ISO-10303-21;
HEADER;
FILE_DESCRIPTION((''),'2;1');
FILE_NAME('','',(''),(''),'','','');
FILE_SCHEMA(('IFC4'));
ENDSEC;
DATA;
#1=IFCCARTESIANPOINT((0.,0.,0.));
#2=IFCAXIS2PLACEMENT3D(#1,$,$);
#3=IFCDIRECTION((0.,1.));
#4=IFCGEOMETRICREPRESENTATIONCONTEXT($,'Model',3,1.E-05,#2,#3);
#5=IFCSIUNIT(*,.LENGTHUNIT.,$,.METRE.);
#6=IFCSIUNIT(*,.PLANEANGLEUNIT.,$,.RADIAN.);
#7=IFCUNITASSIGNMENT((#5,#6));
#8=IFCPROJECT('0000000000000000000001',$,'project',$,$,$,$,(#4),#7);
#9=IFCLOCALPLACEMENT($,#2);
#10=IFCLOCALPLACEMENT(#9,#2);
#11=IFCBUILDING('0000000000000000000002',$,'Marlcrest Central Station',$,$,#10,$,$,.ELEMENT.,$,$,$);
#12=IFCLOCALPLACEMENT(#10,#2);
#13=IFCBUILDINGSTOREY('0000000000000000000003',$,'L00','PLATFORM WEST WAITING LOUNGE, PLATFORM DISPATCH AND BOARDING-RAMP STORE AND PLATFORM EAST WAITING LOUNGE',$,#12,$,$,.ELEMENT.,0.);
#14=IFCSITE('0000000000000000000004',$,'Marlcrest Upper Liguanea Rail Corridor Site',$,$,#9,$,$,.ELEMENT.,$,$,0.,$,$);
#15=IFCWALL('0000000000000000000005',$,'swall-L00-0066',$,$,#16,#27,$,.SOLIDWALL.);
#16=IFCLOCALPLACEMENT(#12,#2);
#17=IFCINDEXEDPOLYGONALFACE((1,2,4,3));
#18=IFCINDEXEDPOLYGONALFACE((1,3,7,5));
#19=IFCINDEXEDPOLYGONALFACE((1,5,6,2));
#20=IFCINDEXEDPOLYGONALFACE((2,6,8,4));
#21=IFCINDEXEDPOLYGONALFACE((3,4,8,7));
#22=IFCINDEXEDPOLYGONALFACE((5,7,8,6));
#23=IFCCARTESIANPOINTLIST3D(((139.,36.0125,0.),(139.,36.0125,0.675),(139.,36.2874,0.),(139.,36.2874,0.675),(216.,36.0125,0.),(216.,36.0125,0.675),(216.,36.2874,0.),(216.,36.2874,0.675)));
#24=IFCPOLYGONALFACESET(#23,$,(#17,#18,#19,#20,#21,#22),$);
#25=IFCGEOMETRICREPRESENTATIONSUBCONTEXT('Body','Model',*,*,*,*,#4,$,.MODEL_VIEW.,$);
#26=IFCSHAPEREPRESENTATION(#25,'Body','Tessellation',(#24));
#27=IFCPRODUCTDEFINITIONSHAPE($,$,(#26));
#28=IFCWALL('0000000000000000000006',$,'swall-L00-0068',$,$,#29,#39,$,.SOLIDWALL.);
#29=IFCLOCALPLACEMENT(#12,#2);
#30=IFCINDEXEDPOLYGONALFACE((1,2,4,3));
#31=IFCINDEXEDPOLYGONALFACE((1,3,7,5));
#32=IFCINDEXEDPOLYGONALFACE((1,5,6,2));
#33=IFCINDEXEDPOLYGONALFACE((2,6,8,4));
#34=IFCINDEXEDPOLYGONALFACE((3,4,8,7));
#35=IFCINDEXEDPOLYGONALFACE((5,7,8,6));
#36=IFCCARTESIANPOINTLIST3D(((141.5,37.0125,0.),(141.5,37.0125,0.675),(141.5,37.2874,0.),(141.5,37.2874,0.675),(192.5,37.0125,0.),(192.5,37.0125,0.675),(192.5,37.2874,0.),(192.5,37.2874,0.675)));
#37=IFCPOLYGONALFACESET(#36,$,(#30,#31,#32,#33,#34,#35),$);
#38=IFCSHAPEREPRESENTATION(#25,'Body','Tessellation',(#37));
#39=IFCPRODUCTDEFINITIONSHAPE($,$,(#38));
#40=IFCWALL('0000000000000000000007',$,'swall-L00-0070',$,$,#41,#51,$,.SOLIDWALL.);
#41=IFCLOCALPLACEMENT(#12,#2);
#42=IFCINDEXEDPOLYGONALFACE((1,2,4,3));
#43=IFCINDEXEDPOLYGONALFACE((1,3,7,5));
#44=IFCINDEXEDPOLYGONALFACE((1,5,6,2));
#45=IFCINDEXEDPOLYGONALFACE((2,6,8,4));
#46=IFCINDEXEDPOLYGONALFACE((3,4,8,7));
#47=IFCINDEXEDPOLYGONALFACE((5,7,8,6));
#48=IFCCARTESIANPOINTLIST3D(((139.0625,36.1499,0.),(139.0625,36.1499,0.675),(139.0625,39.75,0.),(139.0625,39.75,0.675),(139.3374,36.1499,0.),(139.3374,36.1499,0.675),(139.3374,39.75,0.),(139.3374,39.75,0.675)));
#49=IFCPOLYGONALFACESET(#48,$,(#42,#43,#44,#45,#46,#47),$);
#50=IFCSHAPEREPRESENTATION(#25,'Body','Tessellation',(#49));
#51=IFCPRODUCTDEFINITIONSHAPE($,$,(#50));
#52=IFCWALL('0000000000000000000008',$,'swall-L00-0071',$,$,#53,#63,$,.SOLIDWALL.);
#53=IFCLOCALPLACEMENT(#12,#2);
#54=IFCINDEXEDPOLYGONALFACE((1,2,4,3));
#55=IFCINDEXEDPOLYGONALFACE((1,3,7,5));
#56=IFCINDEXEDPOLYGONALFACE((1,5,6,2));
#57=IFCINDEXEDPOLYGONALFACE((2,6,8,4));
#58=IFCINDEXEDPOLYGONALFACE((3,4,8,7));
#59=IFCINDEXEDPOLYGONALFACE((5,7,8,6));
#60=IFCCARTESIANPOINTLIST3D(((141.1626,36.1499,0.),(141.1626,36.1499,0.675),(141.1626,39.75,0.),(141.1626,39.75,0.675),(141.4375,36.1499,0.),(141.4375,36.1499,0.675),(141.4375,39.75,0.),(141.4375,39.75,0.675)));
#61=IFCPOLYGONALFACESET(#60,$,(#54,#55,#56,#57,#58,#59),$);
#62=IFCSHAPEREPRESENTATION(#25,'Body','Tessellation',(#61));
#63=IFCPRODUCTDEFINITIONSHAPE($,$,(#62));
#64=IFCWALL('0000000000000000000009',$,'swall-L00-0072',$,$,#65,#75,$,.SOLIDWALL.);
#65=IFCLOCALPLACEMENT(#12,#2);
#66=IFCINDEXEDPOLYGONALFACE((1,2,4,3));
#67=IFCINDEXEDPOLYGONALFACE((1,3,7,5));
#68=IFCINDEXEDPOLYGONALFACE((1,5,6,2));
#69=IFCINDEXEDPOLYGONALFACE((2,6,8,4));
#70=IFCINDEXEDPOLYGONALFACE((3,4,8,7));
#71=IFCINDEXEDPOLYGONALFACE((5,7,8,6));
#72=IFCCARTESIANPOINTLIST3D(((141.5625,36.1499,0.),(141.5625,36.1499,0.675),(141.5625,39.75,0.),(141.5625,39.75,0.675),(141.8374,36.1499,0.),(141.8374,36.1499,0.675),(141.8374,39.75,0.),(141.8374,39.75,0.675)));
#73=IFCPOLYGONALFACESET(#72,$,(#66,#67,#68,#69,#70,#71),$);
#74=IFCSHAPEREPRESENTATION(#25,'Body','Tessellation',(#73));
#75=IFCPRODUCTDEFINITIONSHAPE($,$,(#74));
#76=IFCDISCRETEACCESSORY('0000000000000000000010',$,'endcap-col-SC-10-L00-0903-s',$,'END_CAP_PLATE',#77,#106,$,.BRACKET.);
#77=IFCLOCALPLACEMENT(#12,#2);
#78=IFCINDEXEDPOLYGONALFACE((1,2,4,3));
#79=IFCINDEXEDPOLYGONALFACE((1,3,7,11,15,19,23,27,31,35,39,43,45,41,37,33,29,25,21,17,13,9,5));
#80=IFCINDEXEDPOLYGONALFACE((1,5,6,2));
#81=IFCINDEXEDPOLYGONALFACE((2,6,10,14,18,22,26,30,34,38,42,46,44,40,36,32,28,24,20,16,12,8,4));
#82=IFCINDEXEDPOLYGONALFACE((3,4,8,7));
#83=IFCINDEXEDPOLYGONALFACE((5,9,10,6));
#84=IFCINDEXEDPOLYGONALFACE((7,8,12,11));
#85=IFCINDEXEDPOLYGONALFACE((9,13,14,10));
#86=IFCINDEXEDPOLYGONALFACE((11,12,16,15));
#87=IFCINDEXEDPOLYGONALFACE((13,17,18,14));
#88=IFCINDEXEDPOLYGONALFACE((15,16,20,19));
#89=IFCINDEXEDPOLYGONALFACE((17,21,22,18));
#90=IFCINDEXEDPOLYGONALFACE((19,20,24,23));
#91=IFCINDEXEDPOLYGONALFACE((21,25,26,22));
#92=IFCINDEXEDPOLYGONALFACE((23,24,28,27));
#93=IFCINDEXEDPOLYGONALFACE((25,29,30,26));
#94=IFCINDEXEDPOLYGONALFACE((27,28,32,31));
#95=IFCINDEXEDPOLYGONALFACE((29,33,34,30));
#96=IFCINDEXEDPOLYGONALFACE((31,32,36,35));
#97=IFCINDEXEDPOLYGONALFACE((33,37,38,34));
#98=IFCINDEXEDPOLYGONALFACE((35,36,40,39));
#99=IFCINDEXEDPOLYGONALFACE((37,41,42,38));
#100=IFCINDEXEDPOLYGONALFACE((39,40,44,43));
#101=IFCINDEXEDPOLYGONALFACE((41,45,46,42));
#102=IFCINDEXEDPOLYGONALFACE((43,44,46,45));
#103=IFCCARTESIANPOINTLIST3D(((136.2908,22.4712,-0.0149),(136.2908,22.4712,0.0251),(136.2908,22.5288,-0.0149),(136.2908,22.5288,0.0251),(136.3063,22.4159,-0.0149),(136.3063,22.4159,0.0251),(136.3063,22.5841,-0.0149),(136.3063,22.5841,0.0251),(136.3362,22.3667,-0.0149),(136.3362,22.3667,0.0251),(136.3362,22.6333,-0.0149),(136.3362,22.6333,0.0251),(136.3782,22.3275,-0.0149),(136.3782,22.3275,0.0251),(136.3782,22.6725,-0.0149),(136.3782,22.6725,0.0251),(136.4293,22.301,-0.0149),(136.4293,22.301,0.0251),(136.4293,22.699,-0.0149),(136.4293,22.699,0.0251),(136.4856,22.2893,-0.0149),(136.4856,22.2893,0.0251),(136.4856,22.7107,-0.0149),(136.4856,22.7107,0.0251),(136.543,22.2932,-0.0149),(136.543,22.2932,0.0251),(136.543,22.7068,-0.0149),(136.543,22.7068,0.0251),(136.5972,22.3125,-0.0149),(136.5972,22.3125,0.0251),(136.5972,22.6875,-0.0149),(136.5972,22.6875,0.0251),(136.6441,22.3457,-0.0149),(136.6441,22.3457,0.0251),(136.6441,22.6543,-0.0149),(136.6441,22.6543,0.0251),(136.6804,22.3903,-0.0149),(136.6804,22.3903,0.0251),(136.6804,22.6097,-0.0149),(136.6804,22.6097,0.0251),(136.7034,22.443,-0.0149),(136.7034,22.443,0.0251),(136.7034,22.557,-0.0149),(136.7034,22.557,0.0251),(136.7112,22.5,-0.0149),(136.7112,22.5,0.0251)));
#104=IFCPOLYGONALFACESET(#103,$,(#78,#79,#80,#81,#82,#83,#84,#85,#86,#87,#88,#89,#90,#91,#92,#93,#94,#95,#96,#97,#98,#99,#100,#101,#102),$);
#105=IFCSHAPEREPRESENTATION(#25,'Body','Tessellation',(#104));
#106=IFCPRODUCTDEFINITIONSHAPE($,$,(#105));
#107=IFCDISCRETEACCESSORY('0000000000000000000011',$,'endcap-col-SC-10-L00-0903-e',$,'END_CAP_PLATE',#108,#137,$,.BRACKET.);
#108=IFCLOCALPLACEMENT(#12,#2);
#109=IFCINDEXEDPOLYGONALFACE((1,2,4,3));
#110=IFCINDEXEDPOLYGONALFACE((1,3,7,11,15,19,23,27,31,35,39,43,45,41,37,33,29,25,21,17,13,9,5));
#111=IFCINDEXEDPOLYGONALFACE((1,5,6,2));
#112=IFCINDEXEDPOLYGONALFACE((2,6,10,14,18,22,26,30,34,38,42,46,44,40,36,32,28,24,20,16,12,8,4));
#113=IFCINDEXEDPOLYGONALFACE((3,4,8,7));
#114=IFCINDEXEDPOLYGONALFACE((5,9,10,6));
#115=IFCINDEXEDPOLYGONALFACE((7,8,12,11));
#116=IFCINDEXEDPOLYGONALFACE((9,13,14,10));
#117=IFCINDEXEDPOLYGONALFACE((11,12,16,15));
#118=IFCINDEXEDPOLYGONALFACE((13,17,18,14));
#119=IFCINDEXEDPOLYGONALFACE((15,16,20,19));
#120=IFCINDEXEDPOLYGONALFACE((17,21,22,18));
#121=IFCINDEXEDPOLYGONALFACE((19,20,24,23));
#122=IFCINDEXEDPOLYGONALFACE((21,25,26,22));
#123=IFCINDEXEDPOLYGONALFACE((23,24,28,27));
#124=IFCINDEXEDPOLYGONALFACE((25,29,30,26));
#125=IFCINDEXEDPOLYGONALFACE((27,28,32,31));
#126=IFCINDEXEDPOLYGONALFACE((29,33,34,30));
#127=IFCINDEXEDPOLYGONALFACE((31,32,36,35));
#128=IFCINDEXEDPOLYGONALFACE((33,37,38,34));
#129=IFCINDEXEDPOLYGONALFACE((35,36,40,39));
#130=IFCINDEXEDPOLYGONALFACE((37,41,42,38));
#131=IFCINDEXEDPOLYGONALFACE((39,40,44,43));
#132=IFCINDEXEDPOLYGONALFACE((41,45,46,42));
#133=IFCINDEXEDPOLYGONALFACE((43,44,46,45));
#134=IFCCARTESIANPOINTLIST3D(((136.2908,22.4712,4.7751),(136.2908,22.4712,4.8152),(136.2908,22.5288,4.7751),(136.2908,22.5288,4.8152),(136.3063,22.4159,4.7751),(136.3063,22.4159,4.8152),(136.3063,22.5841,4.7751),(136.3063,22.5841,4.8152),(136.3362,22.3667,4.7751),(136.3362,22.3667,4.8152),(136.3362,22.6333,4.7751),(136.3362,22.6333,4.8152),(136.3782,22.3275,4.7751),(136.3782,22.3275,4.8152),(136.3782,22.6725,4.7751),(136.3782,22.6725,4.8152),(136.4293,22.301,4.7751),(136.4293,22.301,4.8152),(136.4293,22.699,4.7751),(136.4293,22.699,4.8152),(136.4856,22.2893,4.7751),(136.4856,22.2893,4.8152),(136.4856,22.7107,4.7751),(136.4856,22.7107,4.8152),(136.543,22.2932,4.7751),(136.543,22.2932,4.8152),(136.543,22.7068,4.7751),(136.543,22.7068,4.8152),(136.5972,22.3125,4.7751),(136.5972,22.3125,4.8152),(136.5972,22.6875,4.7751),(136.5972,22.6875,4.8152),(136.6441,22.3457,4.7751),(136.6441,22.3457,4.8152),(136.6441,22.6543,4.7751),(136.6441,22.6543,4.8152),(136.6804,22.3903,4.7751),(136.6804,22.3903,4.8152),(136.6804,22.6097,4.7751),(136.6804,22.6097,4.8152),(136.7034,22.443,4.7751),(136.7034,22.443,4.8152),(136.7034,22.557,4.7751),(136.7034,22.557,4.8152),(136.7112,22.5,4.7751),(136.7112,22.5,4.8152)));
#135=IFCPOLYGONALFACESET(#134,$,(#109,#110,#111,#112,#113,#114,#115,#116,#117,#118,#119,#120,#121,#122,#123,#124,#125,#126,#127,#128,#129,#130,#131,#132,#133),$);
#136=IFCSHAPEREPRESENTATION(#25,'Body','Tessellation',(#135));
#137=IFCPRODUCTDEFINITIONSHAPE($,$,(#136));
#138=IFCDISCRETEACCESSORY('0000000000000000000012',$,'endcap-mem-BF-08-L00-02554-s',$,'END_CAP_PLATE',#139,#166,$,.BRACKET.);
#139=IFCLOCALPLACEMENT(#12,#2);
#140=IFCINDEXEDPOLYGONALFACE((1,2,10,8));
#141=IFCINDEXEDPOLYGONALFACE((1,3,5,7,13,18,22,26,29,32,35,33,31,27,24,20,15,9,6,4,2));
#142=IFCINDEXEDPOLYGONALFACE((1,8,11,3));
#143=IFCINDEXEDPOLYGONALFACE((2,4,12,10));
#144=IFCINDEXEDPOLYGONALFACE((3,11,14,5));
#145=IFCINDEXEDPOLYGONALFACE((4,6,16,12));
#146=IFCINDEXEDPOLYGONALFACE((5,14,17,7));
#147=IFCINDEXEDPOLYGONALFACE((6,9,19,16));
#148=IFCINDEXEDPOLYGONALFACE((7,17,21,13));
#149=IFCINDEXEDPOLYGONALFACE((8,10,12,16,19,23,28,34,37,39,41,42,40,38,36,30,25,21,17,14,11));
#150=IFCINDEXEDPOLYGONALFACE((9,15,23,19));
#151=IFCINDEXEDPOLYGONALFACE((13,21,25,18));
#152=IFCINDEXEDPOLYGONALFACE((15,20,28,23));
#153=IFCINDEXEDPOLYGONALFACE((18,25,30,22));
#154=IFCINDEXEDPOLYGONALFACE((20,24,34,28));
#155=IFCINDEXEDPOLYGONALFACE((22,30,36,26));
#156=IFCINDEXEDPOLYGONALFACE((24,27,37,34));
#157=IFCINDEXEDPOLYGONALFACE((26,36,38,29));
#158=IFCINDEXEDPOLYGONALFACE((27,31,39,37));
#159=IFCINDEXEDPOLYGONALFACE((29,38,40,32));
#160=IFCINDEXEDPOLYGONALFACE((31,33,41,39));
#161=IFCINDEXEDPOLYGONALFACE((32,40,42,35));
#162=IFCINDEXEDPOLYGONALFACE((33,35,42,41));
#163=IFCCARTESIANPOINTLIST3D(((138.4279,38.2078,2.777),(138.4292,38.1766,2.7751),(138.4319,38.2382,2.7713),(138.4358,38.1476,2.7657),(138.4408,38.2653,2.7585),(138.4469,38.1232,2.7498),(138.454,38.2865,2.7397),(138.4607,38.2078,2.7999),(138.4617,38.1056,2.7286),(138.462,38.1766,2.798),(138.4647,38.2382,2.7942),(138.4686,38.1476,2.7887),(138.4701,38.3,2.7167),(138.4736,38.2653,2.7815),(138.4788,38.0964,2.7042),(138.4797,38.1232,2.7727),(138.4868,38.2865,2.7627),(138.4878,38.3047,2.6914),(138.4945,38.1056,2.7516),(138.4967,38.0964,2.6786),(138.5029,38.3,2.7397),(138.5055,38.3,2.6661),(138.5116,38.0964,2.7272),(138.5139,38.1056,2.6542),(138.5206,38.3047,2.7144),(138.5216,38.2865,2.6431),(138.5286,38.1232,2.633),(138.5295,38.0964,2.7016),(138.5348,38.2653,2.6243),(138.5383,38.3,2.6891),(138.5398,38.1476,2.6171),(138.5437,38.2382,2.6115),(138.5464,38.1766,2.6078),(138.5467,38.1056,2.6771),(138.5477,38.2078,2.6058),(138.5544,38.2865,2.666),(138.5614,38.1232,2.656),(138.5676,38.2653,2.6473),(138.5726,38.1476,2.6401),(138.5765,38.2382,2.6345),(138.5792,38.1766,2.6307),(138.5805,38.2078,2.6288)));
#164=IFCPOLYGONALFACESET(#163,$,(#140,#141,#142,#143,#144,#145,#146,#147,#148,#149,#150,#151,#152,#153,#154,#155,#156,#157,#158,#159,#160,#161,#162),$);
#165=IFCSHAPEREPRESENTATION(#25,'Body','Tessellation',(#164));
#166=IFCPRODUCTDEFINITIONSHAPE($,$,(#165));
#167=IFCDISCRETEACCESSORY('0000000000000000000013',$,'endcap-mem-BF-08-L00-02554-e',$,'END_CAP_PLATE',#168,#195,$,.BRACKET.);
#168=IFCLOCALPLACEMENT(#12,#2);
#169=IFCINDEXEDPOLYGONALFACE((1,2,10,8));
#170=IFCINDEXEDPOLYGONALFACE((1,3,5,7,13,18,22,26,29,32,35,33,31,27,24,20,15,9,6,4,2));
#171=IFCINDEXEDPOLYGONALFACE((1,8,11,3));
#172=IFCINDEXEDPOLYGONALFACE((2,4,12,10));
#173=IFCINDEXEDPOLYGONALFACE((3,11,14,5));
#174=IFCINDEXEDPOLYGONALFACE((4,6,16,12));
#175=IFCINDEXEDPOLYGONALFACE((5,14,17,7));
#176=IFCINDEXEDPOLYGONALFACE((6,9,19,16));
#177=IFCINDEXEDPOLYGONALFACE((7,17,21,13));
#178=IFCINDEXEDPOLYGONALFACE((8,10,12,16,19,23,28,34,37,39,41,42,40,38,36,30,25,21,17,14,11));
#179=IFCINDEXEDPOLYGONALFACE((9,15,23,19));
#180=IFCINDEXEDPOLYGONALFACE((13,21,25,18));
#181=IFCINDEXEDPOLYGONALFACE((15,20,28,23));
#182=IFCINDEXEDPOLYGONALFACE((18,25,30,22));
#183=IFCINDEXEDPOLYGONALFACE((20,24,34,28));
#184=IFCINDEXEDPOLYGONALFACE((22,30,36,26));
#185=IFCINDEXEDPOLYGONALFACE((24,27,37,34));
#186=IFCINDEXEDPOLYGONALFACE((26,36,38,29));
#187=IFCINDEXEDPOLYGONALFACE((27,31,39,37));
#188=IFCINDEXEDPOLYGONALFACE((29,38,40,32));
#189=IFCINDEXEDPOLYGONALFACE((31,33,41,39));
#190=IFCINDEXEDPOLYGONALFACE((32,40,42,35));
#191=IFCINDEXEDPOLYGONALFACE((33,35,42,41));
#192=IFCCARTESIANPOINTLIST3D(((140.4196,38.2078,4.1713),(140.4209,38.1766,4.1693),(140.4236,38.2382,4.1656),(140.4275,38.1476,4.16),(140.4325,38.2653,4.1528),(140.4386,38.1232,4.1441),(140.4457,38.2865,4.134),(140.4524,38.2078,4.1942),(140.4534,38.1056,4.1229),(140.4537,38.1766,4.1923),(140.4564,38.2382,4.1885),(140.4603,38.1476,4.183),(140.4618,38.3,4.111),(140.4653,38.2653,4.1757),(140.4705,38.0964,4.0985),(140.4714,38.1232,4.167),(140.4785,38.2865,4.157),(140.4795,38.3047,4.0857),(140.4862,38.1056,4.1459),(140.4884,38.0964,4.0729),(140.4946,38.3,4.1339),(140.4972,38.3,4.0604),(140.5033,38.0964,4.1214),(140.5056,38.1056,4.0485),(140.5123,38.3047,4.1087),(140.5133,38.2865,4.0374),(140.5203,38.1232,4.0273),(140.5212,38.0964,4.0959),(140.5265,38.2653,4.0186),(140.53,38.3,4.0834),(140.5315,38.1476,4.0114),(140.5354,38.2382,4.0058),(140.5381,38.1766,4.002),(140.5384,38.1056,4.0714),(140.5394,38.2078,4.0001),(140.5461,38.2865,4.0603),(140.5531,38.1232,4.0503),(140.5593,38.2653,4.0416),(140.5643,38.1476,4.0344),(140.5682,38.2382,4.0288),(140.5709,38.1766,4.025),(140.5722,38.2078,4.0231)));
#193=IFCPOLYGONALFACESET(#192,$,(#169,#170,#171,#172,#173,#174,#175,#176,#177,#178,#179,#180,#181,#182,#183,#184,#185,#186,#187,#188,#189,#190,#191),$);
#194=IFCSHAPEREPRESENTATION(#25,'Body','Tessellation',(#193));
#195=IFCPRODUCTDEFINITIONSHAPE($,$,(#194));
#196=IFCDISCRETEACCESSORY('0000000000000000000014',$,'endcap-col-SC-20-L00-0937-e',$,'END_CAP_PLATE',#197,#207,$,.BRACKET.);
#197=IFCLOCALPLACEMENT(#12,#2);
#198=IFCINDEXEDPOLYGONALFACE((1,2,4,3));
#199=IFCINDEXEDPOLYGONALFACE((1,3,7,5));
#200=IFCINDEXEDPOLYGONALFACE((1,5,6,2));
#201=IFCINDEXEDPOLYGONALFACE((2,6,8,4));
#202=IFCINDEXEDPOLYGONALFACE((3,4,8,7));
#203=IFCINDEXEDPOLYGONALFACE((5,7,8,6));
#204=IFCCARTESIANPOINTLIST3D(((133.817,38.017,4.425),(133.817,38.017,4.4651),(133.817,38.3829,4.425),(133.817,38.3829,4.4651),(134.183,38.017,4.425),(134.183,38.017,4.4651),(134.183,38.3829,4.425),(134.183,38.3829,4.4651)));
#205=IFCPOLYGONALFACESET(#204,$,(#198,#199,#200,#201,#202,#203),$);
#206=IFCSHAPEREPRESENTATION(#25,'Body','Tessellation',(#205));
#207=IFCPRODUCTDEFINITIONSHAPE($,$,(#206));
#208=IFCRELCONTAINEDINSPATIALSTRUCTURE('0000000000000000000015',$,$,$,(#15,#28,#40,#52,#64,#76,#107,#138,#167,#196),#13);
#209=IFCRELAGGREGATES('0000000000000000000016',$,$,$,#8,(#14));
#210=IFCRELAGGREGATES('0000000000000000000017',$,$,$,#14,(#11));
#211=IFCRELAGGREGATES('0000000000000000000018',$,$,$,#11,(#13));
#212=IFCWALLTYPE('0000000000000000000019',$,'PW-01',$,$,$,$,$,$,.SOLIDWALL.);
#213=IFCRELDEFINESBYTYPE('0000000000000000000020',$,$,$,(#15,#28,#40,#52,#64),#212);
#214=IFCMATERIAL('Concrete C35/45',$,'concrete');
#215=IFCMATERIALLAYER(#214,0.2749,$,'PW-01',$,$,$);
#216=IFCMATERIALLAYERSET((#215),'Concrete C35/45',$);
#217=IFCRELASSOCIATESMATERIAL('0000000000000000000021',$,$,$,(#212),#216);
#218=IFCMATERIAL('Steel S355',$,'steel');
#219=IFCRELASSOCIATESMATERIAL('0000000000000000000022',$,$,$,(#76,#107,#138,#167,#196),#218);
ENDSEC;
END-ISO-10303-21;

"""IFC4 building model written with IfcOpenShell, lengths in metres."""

from ifc_helpers import new_model, si_unit, direction, frame, frame_2d, origin, origin_2d, place, context, subcontext, project, spatial, rectangle, circle, extrude, material, layer, layer_set, type_object, element, save


model = new_model("IFC4")

# Units and contexts
model_context = context("Model", 3, precision=1e-05, world=origin(), true_north=direction((0.0, 1.0)))
body_context = subcontext(model_context, "Body", "Model", "MODEL_VIEW")
ifc_project = project(units=[si_unit("LENGTHUNIT", "METRE"), si_unit("PLANEANGLEUNIT", "RADIAN")], contexts=[model_context])

# Site, building, storey
site_placement = place(None, origin())
site = spatial("IfcSite", under=ifc_project, at=site_placement, Name="Marlcrest Upper Liguanea Rail Corridor Site", CompositionType="ELEMENT", RefElevation=0.0)
building_placement = place(site_placement, origin())
building = spatial("IfcBuilding", under=site, at=building_placement, Name="Marlcrest Central Station", CompositionType="ELEMENT")
storey_placement = place(building_placement, origin())
storey = spatial("IfcBuildingStorey", under=building, at=storey_placement, Name="L00", Description="PLATFORM WEST WAITING LOUNGE, PLATFORM DISPATCH AND BOARDING-RAMP STORE AND PLATFORM EAST WAITING LOUNGE", CompositionType="ELEMENT", Elevation=0.0)

# Shared definitions
ifc_material_1 = material(Name="Concrete C35/45", Category="concrete")

# Shared definitions
ifc_material_2 = material(Name="Steel S355", Category="steel")

# Walls
ifc_layer_1 = layer(ifc_material_1, 0.2749, Name="PW-01")
ifc_layer_set_1 = layer_set([ifc_layer_1], Name="Concrete C35/45")
wall_type = type_object("IfcWallType", Name="PW-01", PredefinedType="SOLIDWALL", material=ifc_layer_set_1)
wall_1_placement = place(storey_placement, frame((139.0, 36.1499, 0.0), z_axis=(0.0, 0.0, 1.0), x_axis=(1.0, 0.0, 0.0)))
element("IfcWall", 1, at=wall_1_placement, inside=storey, type_object=wall_type, Name="swall-L00-0066", PredefinedType="SOLIDWALL", context=body_context, shape_type="SweptSolid", body=[
    extrude(rectangle(XDim=77.0, YDim=0.2749, at=frame_2d((38.5, 0.0))), origin(), (0.0, 0.0, 1.0), 0.675),
])
wall_2_placement = place(storey_placement, frame((141.5, 37.1499, 0.0), z_axis=(0.0, 0.0, 1.0), x_axis=(1.0, 0.0, 0.0)))
element("IfcWall", 2, at=wall_2_placement, inside=storey, type_object=wall_type, Name="swall-L00-0068", PredefinedType="SOLIDWALL", context=body_context, shape_type="SweptSolid", body=[
    extrude(rectangle(XDim=51.0, YDim=0.2749, at=frame_2d((25.5, 0.0))), origin(), (0.0, 0.0, 1.0), 0.675),
])
for number, where, z_axis, x_axis, name in (
    (3, (139.2, 36.1499, 0.0), (0.0, 0.0, 1.0), (0.0, 1.0, 0.0), "swall-L00-0070"),
    (4, (141.3, 36.1499, 0.0), (0.0, 0.0, 1.0), (0.0, 1.0, 0.0), "swall-L00-0071"),
    (5, (141.7, 36.1499, 0.0), (0.0, 0.0, 1.0), (0.0, 1.0, 0.0), "swall-L00-0072"),
):
    element("IfcWall", number, at=place(storey_placement, frame(where, z_axis=z_axis, x_axis=x_axis)), inside=storey, type_object=wall_type, Name=name, PredefinedType="SOLIDWALL", context=body_context, shape_type="SweptSolid", body=[
        extrude(rectangle(XDim=3.6001, YDim=0.2749, at=frame_2d((1.8, 0.0))), origin(), (0.0, 0.0, 1.0), 0.675),
    ])

# Discrete accessories
for number, where, z_axis, x_axis, name in (
    (6, (136.5, 22.5, -0.0149), (0.0, 0.0, 1.0), (1.0, 0.0, 0.0), "endcap-col-SC-10-L00-0903-s"),
    (7, (136.5, 22.5, 4.7751), (0.0, 0.0, 1.0), (1.0, 0.0, 0.0), "endcap-col-SC-10-L00-0903-e"),
):
    element("IfcDiscreteAccessory", number, at=place(storey_placement, frame(where, z_axis=z_axis, x_axis=x_axis)), inside=storey, material=ifc_material_2, Name=name, ObjectType="END_CAP_PLATE", PredefinedType="BRACKET", context=body_context, shape_type="SweptSolid", body=[
        extrude(circle(Radius=0.2112, at=origin_2d()), origin(), (0.0, 0.0, 1.0), 0.04),
    ])
for number, where, z_axis, x_axis, name in (
    (8, (138.4878, 38.2, 2.6914), (0.819204, 0.0, 0.573503), (0.0, 1.0, 0.0), "endcap-mem-BF-08-L00-02554-s"),
    (9, (140.4795, 38.2, 4.0857), (0.819204, 0.0, 0.573503), (0.0, 1.0, 0.0), "endcap-mem-BF-08-L00-02554-e"),
):
    element("IfcDiscreteAccessory", number, at=place(storey_placement, frame(where, z_axis=z_axis, x_axis=x_axis)), inside=storey, material=ifc_material_2, Name=name, ObjectType="END_CAP_PLATE", PredefinedType="BRACKET", context=body_context, shape_type="SweptSolid", body=[
        extrude(circle(Radius=0.1047, at=origin_2d()), origin(), (0.0, 0.0, 1.0), 0.04),
    ])
discrete_accessory_1_placement = place(storey_placement, frame((134.0, 38.2, 4.425), z_axis=(0.0, 0.0, 1.0), x_axis=(1.0, 0.0, 0.0)))
element("IfcDiscreteAccessory", 10, at=discrete_accessory_1_placement, inside=storey, material=ifc_material_2, Name="endcap-col-SC-20-L00-0937-e", ObjectType="END_CAP_PLATE", PredefinedType="BRACKET", context=body_context, shape_type="SweptSolid", body=[
    extrude(rectangle(XDim=0.366, YDim=0.366, at=origin_2d()), origin(), (0.0, 0.0, 1.0), 0.04),
])

save(model, "model.ifc")
